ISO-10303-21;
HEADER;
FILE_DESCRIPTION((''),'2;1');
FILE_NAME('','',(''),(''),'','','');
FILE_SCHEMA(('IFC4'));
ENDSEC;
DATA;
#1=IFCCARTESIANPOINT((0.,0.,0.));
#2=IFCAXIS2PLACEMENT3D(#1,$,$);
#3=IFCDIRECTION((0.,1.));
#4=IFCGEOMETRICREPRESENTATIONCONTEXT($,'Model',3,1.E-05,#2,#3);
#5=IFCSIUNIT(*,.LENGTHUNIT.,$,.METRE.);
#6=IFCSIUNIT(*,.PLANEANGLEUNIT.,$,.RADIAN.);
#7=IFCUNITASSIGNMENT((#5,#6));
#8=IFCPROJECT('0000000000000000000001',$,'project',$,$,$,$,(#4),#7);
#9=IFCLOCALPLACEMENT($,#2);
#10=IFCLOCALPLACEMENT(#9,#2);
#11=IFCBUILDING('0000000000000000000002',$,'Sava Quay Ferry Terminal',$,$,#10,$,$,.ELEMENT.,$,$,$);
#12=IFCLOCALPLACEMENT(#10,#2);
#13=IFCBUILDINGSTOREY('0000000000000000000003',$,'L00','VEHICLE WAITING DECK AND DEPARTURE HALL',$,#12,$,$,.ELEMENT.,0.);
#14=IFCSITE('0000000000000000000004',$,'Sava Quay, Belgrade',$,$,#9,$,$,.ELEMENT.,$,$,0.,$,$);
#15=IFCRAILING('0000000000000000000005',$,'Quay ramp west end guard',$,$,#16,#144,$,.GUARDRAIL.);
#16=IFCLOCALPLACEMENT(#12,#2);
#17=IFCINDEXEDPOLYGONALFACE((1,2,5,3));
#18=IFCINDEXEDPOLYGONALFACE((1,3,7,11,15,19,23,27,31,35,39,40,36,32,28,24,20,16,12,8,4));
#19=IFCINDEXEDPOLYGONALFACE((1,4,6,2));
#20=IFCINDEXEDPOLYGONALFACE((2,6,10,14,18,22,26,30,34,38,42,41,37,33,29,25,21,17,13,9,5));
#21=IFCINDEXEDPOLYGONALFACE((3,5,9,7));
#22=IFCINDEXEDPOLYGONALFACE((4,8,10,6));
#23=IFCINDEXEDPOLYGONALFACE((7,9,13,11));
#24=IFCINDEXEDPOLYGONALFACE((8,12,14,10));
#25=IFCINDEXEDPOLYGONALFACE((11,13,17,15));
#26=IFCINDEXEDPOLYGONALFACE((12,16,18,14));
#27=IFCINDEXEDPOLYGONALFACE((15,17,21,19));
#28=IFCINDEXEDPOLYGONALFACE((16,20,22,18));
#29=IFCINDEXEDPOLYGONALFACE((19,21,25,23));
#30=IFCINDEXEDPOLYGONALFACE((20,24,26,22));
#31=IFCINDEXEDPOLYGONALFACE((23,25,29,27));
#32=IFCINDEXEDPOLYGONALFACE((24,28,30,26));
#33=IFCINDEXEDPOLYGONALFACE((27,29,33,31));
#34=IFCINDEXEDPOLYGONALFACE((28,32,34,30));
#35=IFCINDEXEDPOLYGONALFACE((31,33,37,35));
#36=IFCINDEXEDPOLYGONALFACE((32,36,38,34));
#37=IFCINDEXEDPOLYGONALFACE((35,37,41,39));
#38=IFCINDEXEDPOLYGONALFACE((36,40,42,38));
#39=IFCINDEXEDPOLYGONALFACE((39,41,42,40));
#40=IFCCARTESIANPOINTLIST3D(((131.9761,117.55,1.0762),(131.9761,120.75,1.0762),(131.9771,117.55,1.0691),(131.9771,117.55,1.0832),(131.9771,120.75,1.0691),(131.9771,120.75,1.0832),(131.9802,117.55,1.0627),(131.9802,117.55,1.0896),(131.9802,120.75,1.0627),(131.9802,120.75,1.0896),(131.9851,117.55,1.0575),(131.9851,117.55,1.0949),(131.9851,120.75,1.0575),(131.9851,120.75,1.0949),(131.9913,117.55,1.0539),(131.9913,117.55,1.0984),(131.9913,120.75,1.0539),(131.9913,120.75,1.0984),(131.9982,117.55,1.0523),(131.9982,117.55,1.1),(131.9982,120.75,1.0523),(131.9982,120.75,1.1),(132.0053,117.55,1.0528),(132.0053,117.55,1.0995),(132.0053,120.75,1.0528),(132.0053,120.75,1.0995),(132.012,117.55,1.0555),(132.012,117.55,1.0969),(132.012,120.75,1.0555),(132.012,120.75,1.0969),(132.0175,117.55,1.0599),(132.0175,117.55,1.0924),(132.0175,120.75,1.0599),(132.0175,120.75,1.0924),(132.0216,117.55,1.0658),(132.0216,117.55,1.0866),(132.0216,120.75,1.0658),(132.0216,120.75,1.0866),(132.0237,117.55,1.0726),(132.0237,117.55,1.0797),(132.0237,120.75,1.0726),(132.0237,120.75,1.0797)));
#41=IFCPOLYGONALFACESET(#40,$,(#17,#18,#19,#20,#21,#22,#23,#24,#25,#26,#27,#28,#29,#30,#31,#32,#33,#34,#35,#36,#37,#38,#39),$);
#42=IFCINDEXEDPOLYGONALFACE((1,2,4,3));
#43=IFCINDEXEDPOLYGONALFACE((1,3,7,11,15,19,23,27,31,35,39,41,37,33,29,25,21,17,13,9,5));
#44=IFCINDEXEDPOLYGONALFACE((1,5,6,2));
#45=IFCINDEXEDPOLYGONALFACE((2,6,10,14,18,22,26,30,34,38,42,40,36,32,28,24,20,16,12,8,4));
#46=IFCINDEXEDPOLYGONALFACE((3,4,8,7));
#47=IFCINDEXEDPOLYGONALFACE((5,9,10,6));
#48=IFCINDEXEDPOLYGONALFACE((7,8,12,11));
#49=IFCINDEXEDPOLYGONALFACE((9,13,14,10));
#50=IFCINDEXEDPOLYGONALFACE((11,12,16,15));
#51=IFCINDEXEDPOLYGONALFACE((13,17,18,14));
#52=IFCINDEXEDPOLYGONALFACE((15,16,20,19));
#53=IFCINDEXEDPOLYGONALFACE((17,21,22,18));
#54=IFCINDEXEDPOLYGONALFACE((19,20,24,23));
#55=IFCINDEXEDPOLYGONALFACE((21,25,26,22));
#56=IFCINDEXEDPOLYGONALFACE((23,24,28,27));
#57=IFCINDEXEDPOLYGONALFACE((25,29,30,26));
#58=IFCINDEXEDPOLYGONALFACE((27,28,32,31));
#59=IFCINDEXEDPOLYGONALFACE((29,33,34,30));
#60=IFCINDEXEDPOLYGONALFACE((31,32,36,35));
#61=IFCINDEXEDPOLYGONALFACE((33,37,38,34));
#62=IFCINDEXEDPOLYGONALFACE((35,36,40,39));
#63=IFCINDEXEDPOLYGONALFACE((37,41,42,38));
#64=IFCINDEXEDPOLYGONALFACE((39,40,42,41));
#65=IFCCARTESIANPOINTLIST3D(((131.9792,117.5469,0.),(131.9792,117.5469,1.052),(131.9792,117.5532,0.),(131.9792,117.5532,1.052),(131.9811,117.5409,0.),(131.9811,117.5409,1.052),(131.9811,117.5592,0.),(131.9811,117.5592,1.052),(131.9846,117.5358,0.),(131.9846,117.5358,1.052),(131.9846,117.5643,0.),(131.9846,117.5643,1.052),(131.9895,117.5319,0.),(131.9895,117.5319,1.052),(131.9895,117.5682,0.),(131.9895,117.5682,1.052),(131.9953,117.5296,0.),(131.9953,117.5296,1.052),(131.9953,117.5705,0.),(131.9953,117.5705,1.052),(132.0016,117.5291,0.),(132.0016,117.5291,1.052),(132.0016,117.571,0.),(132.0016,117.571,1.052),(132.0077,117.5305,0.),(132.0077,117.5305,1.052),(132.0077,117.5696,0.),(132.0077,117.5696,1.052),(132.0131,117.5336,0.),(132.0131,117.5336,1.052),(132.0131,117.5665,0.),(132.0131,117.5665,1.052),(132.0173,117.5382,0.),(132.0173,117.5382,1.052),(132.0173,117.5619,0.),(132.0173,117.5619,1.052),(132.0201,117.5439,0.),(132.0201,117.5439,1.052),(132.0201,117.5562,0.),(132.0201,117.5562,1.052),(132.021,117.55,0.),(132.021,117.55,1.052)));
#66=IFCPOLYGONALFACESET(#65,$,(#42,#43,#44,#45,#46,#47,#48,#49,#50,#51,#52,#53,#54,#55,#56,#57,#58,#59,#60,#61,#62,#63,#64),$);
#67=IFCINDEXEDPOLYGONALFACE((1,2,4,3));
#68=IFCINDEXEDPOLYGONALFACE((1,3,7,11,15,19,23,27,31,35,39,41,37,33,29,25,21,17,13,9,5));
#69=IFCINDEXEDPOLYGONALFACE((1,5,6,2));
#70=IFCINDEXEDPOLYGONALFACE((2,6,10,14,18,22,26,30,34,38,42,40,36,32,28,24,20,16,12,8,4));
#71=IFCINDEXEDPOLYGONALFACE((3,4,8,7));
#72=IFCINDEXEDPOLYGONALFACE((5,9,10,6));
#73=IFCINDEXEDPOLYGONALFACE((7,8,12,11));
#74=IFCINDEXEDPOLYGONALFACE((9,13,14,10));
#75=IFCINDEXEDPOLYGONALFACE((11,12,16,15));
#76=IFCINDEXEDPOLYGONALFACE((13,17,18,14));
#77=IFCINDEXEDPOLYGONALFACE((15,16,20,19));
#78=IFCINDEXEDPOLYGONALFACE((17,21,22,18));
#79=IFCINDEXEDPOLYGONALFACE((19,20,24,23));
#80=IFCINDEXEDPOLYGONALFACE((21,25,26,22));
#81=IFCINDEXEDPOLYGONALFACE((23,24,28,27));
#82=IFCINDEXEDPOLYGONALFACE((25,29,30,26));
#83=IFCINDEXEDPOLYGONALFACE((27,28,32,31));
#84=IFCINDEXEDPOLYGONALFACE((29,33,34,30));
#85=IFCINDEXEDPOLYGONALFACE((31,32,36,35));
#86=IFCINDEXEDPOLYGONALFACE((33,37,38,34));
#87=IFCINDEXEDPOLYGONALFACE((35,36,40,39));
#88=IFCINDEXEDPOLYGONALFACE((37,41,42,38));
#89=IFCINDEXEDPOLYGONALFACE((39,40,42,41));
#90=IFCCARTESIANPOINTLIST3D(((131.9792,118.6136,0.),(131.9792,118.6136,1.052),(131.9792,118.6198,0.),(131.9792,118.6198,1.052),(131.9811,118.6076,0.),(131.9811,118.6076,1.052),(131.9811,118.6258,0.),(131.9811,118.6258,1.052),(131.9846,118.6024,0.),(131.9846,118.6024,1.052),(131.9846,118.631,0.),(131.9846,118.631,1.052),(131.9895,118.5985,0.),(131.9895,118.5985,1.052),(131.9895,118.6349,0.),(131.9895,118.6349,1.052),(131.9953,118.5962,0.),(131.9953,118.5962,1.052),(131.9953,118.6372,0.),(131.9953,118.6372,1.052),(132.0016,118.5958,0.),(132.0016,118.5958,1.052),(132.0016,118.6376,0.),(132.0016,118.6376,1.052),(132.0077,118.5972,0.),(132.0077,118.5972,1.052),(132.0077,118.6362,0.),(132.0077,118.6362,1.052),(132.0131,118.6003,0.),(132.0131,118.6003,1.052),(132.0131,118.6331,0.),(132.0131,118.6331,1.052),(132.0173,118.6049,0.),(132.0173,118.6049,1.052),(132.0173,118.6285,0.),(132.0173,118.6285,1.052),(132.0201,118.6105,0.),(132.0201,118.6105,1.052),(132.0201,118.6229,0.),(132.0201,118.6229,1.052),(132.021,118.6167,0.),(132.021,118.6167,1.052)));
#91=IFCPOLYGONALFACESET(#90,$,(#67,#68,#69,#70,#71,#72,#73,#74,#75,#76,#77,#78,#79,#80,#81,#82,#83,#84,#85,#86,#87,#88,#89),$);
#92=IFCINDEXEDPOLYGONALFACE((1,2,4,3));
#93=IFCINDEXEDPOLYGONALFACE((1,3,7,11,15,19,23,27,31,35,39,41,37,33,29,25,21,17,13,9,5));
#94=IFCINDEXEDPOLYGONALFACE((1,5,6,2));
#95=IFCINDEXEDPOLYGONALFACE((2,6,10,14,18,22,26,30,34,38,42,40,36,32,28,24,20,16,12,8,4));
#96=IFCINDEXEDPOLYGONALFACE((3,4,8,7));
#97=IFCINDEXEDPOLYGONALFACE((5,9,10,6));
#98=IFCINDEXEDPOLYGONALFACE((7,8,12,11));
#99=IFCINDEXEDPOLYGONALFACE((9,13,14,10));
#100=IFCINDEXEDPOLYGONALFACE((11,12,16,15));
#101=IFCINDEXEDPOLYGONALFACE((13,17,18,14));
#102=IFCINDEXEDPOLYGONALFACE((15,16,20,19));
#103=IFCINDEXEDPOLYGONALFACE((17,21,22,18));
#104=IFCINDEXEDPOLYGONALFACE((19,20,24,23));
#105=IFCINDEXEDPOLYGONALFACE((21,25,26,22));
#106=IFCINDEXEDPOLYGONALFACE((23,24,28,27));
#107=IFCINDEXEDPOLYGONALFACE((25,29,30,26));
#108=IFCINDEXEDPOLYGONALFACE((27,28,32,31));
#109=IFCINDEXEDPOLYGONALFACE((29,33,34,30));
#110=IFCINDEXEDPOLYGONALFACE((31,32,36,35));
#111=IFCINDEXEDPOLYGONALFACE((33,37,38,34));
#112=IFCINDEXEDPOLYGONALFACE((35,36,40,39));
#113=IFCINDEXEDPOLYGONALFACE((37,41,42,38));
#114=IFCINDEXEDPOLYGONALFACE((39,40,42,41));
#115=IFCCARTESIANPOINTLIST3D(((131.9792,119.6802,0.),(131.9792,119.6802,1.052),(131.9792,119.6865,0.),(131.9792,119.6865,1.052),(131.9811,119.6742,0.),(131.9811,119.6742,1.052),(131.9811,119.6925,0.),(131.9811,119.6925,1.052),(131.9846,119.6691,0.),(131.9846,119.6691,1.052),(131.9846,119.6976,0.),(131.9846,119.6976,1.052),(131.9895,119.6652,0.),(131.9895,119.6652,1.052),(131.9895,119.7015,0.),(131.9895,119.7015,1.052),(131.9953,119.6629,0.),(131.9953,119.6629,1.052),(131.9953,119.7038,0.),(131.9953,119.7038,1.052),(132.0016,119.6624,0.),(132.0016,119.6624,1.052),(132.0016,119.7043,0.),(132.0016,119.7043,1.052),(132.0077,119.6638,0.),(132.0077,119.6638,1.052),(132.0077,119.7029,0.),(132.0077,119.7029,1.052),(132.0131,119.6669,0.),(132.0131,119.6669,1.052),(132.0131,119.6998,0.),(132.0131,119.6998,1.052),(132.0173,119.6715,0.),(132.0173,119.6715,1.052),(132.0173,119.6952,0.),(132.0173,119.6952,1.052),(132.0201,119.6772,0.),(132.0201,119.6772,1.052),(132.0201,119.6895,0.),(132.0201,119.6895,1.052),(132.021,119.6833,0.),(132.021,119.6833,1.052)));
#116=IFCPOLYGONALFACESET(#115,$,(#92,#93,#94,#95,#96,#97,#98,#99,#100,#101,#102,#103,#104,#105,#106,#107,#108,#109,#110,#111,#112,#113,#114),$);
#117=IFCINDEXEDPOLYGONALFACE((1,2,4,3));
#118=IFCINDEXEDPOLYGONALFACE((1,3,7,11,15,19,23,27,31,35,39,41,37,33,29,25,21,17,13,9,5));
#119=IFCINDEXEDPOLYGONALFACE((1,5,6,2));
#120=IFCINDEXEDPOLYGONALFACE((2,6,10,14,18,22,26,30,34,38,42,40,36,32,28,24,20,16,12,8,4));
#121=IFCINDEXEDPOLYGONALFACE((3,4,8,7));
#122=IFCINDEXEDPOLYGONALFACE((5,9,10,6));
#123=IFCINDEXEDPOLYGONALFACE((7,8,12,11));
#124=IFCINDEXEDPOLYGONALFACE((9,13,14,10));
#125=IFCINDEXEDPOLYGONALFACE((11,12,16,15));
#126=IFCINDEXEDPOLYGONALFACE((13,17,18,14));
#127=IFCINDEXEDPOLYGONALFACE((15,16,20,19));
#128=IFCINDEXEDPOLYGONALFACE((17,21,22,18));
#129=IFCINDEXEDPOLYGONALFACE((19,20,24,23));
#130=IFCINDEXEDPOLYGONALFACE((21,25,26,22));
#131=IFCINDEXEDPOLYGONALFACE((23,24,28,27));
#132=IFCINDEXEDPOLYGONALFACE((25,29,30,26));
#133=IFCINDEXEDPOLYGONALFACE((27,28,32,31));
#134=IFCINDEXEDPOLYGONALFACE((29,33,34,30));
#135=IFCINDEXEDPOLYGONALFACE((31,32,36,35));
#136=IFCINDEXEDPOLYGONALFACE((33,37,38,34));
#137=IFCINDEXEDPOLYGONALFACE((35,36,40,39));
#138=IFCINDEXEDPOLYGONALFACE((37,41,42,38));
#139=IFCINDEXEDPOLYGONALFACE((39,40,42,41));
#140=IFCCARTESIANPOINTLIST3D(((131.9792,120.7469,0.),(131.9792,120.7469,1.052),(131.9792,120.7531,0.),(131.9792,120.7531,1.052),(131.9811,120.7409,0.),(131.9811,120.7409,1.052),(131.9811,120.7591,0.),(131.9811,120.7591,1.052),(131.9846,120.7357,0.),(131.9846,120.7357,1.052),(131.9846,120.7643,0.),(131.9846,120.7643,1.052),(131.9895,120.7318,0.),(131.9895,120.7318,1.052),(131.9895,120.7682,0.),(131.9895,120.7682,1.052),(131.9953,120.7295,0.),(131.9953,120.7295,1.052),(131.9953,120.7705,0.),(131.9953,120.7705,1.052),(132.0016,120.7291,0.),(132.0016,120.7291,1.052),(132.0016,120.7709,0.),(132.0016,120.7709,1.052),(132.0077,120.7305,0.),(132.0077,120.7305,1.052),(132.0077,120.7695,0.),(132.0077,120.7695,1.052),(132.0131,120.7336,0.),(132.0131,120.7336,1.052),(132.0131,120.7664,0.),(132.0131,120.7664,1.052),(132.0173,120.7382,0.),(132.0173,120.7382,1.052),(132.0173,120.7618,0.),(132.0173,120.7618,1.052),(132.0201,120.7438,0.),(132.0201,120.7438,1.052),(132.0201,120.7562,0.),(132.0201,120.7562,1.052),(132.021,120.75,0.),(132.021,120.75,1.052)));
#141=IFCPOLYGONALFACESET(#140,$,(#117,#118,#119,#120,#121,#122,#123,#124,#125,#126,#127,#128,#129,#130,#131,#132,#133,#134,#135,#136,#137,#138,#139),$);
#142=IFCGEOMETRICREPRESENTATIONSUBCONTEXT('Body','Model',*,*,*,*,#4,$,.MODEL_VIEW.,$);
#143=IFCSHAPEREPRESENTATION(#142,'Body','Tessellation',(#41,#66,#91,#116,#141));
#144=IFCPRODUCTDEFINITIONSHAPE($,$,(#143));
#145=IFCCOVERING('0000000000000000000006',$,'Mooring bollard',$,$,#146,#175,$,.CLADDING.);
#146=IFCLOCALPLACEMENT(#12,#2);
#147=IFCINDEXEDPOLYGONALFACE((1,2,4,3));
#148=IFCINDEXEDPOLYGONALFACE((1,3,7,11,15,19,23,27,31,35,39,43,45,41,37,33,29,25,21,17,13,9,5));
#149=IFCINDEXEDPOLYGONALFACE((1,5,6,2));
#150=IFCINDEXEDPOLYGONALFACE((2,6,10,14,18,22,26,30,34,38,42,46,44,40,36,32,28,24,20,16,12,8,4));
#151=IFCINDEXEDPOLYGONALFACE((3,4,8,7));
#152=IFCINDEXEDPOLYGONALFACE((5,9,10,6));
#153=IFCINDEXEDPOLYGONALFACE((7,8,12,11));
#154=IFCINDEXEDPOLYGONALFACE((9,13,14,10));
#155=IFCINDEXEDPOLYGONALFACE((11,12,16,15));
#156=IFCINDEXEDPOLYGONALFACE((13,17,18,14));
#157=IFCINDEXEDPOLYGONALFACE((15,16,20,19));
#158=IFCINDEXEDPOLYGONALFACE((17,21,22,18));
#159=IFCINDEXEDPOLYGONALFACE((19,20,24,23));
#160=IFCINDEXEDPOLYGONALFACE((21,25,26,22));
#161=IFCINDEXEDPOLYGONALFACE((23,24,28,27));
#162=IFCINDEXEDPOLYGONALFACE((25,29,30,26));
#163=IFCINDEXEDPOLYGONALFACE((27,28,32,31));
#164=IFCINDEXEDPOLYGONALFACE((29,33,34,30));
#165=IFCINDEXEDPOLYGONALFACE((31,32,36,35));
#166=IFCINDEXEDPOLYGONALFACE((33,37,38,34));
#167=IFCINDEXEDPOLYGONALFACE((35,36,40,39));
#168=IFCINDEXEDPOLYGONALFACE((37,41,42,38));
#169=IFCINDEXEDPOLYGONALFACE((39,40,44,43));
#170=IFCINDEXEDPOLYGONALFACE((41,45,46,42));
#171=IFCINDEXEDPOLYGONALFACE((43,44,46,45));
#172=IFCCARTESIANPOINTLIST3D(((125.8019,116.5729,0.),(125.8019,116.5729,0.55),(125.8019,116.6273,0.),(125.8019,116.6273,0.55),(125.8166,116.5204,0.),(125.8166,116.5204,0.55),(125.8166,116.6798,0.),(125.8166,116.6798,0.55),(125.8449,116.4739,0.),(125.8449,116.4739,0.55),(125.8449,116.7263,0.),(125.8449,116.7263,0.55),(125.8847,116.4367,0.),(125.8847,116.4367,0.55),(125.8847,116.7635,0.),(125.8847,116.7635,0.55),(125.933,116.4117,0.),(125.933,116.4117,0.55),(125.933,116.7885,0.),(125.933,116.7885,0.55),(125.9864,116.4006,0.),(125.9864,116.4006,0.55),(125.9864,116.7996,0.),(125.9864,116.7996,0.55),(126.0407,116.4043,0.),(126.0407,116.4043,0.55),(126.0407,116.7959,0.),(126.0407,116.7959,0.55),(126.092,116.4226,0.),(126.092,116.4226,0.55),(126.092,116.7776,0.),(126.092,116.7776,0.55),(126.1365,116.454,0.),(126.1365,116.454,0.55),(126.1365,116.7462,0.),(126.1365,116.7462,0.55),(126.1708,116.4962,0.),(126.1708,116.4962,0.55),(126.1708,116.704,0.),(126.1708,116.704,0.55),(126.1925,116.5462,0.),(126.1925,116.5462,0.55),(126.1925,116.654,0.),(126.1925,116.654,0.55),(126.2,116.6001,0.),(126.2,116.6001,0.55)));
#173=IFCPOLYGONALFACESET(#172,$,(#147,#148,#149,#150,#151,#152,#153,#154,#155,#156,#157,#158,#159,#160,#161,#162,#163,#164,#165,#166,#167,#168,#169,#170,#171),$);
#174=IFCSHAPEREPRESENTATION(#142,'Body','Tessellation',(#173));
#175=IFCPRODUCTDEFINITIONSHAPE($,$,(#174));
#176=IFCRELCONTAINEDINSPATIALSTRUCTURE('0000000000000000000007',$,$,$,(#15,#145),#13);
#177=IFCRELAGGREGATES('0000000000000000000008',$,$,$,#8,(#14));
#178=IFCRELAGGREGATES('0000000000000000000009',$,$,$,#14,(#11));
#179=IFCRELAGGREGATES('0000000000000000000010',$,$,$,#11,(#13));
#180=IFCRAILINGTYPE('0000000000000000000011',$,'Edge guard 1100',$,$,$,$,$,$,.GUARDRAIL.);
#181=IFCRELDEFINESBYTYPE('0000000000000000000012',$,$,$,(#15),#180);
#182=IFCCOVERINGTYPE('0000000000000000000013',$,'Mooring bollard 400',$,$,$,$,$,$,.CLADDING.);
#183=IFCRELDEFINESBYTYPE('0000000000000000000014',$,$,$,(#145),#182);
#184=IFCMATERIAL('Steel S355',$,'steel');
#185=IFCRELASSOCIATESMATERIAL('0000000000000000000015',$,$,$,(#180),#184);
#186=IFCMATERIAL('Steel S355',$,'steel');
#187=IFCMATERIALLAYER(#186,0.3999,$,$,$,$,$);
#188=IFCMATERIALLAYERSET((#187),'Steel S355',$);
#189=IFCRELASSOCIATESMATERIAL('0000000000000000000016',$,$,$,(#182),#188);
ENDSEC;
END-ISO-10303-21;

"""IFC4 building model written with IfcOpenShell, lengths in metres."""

from ifc_helpers import new_model, si_unit, direction, frame, origin, origin_2d, place, context, subcontext, project, spatial, circle, extrude, material, layer, layer_set, type_object, element, save


model = new_model("IFC4")

# Units and contexts
model_context = context("Model", 3, precision=1e-05, world=origin(), true_north=direction((0.0, 1.0)))
body_context = subcontext(model_context, "Body", "Model", "MODEL_VIEW")
ifc_project = project(units=[si_unit("LENGTHUNIT", "METRE"), si_unit("PLANEANGLEUNIT", "RADIAN")], contexts=[model_context])

# Site, building, storey
site_placement = place(None, origin())
site = spatial("IfcSite", under=ifc_project, at=site_placement, Name="Sava Quay, Belgrade", CompositionType="ELEMENT", RefElevation=0.0)
building_placement = place(site_placement, origin())
building = spatial("IfcBuilding", under=site, at=building_placement, Name="Sava Quay Ferry Terminal", CompositionType="ELEMENT")
storey_placement = place(building_placement, origin())
storey = spatial("IfcBuildingStorey", under=building, at=storey_placement, Name="L00", Description="VEHICLE WAITING DECK AND DEPARTURE HALL", CompositionType="ELEMENT", Elevation=0.0)

# Railing
ifc_material_1 = material(Name="Steel S355", Category="steel")
railing_type = type_object("IfcRailingType", Name="Edge guard 1100", PredefinedType="GUARDRAIL", material=ifc_material_1)
railing_1_placement = place(storey_placement, frame((132.0, 117.55, 0.0)))
element("IfcRailing", 1, at=railing_1_placement, inside=storey, type_object=railing_type, Name="Quay ramp west end guard", PredefinedType="GUARDRAIL", context=body_context, shape_type="SweptSolid", body=[
    extrude(circle(Radius=0.0239, at=origin_2d()), frame((0.0, 0.0, 1.0762), z_axis=(0.0, 1.0, 0.0), x_axis=(-1.0, 0.0, 0.0)), (0.0, 0.0, 1.0), 3.2),
    extrude(circle(Radius=0.021, at=origin_2d()), origin(), (0.0, 0.0, 1.0), 1.052),
    extrude(circle(Radius=0.021, at=origin_2d()), frame((0.0, 1.0667, 0.0)), (0.0, 0.0, 1.0), 1.052),
    extrude(circle(Radius=0.021, at=origin_2d()), frame((0.0, 2.1333, 0.0)), (0.0, 0.0, 1.0), 1.052),
    extrude(circle(Radius=0.021, at=origin_2d()), frame((0.0, 3.2, 0.0)), (0.0, 0.0, 1.0), 1.052),
])

# Covering
ifc_material_2 = material(Name="Steel S355", Category="steel")
ifc_layer_1 = layer(ifc_material_2, 0.3999)
ifc_layer_set_1 = layer_set([ifc_layer_1], Name="Steel S355")
covering_type = type_object("IfcCoveringType", Name="Mooring bollard 400", PredefinedType="CLADDING", material=ifc_layer_set_1)
covering_placement = place(storey_placement, frame((126.0, 116.6001, 0.55), z_axis=(0.0, 0.0, -1.0), x_axis=(1.0, 0.0, 0.0)))
element("IfcCovering", 2, at=covering_placement, inside=storey, type_object=covering_type, Name="Mooring bollard", PredefinedType="CLADDING", context=body_context, shape_type="SweptSolid", body=[
    extrude(circle(Radius=0.2, at=origin_2d()), origin(), (0.0, 0.0, 1.0), 0.55),
])

save(model, "model.ifc")
